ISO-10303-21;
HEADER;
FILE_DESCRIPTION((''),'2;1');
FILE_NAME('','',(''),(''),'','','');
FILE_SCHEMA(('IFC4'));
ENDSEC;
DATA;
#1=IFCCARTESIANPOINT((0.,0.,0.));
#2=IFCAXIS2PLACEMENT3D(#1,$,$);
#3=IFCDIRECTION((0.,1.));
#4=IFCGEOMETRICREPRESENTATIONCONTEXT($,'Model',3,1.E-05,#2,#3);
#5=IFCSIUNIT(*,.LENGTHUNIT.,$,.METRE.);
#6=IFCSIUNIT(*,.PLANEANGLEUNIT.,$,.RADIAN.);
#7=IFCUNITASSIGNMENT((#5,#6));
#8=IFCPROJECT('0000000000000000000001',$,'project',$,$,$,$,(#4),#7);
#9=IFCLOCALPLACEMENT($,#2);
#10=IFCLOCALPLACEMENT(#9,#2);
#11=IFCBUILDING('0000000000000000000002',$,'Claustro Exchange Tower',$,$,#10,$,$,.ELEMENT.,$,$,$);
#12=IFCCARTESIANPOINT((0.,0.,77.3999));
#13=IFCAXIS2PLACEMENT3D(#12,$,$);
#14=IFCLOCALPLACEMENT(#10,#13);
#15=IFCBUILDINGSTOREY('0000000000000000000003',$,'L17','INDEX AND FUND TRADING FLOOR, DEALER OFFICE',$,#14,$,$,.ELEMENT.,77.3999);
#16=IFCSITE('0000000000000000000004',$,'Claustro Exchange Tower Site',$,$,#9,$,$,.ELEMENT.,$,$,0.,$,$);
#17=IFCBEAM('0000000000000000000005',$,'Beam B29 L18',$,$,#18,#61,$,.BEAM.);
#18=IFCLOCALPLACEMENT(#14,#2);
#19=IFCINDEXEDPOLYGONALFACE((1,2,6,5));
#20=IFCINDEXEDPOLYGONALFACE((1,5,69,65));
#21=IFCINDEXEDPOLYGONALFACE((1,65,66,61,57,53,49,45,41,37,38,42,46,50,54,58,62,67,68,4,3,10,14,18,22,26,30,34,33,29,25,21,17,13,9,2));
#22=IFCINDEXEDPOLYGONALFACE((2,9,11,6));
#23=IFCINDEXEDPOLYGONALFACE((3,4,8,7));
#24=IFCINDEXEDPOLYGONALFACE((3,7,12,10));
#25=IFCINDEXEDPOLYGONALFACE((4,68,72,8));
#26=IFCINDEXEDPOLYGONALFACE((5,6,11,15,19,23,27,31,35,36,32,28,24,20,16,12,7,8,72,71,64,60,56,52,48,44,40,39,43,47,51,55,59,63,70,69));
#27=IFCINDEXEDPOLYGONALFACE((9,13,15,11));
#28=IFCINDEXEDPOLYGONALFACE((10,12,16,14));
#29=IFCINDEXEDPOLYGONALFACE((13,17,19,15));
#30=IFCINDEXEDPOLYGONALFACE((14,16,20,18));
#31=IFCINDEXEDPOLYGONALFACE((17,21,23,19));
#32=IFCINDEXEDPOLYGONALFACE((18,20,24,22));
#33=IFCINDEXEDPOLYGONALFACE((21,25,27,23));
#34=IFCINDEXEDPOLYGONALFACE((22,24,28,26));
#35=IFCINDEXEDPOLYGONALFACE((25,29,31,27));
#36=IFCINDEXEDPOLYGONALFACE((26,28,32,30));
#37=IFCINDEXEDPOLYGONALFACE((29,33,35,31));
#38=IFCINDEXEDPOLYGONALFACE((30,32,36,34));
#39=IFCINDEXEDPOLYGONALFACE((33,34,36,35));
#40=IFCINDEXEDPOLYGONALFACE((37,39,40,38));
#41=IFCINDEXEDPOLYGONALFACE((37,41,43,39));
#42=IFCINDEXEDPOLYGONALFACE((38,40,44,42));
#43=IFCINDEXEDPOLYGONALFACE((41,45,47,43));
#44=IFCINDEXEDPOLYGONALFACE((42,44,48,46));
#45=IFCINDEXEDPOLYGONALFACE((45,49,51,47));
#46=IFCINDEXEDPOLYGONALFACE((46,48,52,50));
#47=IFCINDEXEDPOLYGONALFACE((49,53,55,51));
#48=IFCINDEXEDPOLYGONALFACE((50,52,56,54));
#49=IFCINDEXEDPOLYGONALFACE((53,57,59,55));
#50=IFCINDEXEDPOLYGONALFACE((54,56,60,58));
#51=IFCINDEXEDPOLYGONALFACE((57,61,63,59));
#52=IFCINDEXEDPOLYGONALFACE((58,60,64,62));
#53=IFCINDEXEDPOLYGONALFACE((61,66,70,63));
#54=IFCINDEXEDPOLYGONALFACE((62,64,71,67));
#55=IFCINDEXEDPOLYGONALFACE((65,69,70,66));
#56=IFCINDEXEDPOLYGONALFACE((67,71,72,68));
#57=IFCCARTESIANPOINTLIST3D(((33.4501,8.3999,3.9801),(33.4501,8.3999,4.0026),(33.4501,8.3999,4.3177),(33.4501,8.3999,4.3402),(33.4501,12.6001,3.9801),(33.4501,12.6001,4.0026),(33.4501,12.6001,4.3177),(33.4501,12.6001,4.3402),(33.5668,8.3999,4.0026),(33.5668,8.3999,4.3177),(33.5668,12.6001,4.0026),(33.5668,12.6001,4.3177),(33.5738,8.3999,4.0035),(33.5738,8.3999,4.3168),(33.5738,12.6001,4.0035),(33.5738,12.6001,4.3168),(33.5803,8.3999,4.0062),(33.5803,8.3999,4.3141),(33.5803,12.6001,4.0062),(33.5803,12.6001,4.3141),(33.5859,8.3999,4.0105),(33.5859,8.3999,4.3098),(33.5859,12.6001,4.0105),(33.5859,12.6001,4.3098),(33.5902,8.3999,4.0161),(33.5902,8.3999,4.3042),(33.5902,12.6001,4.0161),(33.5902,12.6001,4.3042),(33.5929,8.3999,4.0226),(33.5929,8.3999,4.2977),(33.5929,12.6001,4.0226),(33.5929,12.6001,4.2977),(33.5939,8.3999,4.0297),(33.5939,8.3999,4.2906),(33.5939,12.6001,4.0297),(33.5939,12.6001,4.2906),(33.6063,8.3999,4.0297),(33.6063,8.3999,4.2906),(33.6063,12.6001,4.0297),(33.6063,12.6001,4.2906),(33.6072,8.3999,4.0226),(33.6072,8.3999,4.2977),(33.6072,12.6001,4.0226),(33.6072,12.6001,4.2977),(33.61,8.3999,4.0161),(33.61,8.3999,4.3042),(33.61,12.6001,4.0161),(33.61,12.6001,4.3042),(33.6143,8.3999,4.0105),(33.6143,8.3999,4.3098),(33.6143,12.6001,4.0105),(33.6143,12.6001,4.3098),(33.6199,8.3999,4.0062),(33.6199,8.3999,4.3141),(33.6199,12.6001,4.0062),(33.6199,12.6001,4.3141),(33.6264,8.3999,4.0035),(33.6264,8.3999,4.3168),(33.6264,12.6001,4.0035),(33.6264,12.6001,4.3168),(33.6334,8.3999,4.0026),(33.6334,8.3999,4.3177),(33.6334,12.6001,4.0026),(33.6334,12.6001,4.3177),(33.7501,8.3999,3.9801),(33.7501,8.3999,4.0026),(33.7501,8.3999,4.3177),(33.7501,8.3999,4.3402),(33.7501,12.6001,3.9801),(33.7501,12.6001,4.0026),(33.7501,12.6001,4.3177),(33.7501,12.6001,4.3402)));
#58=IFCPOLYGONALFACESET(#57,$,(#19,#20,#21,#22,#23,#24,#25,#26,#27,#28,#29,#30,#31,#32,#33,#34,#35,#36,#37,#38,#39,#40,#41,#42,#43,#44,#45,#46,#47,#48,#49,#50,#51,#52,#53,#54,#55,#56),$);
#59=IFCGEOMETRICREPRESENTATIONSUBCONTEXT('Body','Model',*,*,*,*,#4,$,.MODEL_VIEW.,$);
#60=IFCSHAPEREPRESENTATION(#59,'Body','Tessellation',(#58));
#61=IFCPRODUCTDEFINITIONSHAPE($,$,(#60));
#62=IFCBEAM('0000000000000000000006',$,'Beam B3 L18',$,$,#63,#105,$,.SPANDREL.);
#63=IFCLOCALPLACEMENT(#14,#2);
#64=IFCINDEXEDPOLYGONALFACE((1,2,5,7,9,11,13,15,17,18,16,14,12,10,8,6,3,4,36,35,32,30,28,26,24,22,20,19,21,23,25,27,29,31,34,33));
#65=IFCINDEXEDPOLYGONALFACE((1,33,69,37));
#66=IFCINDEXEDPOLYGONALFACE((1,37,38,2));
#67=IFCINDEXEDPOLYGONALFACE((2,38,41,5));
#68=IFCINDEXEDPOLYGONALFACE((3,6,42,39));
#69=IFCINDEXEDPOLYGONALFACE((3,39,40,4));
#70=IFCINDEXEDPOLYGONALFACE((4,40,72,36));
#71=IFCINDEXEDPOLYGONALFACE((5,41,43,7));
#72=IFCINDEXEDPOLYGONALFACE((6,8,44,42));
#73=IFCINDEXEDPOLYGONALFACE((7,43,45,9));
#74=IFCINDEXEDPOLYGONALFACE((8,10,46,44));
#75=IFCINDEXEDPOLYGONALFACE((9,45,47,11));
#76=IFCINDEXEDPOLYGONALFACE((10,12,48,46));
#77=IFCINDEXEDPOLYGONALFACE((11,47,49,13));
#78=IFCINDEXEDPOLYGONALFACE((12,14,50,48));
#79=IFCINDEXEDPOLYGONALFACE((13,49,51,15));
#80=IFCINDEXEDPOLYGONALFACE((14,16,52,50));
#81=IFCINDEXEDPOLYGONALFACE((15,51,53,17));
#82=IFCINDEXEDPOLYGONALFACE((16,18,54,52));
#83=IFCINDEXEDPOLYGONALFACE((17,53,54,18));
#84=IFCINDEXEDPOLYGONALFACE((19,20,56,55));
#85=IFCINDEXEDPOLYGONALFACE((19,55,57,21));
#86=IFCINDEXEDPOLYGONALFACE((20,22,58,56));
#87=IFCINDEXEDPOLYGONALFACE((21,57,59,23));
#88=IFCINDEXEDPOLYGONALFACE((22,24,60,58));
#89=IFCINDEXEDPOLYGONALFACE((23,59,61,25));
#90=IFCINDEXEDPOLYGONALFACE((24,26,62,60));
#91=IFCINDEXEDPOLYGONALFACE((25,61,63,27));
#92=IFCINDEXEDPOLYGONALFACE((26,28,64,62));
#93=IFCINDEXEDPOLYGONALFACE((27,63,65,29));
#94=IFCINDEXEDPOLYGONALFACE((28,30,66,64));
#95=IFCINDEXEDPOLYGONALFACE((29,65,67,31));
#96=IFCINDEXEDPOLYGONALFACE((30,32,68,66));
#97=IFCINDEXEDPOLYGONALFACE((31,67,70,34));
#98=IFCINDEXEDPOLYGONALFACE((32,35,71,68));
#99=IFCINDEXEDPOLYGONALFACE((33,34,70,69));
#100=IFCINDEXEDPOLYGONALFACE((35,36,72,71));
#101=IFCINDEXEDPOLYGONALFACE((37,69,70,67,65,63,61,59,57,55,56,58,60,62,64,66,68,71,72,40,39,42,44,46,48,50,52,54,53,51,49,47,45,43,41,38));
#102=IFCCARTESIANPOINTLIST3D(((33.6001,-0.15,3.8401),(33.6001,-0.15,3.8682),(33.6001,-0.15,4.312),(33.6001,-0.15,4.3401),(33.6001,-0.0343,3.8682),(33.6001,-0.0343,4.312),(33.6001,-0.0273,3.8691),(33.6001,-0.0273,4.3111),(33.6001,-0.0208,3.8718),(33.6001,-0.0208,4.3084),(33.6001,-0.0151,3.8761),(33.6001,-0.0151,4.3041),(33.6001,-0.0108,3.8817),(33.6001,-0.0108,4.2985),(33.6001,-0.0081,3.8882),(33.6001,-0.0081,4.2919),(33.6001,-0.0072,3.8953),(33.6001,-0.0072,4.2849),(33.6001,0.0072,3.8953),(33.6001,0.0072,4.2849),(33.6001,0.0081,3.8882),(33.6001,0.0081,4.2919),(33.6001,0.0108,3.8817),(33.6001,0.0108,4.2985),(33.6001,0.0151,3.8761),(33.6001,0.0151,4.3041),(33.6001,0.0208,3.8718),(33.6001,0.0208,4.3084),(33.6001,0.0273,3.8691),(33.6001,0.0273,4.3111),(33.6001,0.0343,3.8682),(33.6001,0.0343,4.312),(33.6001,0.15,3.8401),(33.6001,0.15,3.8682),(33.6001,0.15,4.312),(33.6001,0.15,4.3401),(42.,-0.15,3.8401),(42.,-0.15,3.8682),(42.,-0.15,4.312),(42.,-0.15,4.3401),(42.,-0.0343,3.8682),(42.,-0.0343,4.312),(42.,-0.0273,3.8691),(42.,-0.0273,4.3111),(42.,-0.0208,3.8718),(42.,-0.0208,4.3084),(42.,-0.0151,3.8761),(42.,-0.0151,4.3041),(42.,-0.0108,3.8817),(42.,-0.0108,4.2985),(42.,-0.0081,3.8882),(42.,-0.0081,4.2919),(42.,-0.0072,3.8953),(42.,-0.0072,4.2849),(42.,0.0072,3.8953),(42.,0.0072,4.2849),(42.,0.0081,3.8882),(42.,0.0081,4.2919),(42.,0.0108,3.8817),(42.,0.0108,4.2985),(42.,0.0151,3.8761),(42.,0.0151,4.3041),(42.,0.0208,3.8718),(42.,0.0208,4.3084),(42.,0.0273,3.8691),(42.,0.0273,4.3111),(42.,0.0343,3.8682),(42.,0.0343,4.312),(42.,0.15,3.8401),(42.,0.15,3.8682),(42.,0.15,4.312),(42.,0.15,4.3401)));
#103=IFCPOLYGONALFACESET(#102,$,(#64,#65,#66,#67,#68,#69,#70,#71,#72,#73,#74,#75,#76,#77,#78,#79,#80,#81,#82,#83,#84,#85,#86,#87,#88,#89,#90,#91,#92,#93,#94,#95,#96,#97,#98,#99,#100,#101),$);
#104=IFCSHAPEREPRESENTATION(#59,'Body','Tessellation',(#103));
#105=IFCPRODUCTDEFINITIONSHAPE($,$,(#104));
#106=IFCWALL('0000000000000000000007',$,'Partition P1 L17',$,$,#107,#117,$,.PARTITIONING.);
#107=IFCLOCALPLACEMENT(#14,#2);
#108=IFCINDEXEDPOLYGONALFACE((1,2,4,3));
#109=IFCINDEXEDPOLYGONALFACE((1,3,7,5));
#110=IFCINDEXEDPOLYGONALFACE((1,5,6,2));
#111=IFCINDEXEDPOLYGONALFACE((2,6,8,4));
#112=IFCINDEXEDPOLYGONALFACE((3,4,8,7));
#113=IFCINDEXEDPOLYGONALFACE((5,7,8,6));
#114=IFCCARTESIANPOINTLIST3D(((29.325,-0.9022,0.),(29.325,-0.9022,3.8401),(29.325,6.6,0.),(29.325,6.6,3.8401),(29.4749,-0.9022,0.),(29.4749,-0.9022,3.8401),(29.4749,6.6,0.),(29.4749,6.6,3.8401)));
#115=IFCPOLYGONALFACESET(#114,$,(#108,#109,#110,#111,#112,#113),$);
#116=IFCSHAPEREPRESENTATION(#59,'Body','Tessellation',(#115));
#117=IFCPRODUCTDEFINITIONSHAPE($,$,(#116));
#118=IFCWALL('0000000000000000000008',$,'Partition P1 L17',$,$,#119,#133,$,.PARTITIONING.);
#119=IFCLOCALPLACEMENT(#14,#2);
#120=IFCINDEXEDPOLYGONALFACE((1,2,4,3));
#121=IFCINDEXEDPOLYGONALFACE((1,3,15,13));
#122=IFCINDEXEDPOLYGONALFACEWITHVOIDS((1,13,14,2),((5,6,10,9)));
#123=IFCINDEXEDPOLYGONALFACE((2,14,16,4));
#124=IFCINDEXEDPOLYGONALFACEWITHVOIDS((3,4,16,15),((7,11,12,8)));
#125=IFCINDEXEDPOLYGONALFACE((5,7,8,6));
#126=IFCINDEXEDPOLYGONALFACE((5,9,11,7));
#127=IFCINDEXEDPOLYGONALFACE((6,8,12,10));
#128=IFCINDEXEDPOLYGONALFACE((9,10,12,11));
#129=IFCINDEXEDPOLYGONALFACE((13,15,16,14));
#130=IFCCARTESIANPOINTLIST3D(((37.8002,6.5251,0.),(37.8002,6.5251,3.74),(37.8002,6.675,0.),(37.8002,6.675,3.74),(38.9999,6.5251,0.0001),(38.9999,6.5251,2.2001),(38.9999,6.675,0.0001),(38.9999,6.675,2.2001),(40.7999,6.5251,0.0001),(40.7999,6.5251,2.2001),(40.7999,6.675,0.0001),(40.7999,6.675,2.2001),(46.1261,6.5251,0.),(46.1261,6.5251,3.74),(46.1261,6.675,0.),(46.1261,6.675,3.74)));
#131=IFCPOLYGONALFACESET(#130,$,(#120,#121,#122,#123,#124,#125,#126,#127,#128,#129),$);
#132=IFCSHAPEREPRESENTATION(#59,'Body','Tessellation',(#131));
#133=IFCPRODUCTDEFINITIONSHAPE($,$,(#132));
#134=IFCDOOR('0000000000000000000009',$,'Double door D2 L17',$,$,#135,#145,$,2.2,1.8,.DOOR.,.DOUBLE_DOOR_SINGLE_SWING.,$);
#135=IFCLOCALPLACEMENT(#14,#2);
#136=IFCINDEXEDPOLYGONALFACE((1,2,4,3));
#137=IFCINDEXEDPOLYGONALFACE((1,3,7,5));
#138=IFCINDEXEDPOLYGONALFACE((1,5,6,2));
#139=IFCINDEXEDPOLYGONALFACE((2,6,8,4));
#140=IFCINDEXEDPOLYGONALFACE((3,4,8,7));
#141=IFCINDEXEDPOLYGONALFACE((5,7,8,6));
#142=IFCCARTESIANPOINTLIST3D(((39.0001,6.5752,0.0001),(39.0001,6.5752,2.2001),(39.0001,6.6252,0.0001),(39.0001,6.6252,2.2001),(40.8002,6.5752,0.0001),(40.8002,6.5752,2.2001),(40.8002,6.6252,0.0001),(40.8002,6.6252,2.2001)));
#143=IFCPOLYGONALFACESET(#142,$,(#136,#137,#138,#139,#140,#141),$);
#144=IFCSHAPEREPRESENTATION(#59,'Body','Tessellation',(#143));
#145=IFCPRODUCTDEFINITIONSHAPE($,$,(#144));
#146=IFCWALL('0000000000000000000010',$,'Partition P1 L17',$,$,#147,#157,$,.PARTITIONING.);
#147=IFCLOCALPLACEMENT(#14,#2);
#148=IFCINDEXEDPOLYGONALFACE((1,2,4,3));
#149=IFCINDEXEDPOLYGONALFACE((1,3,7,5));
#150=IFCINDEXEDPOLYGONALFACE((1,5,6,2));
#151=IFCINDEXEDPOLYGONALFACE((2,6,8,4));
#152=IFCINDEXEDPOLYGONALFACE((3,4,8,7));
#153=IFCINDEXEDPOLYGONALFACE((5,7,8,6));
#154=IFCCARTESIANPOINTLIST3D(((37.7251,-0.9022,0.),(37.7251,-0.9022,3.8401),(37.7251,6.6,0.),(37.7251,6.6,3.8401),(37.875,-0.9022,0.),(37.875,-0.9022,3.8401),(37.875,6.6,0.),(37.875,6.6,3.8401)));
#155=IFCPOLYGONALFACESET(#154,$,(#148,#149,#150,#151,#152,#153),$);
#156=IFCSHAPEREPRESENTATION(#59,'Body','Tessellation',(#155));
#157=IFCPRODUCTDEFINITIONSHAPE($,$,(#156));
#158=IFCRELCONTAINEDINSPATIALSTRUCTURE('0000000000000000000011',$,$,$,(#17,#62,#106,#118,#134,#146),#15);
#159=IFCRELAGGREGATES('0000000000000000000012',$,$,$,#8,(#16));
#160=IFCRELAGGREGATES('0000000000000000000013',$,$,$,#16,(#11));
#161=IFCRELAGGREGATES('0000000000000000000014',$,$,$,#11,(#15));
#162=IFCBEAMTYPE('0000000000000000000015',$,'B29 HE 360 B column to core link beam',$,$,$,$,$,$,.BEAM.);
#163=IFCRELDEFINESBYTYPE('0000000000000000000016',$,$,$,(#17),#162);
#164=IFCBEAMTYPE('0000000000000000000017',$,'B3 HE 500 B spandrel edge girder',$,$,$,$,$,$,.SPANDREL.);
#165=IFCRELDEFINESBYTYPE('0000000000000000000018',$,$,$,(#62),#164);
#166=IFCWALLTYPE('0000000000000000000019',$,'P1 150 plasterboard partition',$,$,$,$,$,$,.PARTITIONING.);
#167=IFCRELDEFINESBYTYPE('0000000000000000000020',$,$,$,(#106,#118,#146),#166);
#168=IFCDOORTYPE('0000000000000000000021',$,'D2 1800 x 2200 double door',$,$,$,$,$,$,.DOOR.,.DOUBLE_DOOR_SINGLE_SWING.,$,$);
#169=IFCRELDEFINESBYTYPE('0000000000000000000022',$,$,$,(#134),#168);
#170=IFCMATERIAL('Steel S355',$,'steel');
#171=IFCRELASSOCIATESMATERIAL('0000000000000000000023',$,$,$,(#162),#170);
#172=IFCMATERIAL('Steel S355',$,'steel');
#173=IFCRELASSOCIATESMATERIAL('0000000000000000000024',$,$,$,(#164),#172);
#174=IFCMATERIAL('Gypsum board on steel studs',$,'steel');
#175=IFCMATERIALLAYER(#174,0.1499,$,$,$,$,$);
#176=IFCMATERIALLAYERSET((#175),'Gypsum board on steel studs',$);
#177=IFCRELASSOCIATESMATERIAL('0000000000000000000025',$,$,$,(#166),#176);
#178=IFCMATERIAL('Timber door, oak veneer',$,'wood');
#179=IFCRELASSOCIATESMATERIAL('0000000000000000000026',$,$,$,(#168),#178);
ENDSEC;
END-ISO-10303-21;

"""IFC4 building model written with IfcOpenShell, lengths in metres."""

from ifc_helpers import new_model, si_unit, direction, frame, frame_2d, origin, origin_2d, place, context, subcontext, project, spatial, rectangle, i_section, extrude, material, layer, layer_set, material_profile, profile_set, type_object, element, fill, save


model = new_model("IFC4")

# Units and contexts
model_context = context("Model", 3, precision=1e-05, world=origin(), true_north=direction((0.0, 1.0)))
body_context = subcontext(model_context, "Body", "Model", "MODEL_VIEW")
ifc_project = project(units=[si_unit("LENGTHUNIT", "METRE"), si_unit("PLANEANGLEUNIT", "RADIAN")], contexts=[model_context])

# Site, building, storey
site_placement = place(None, origin())
site = spatial("IfcSite", under=ifc_project, at=site_placement, Name="Claustro Exchange Tower Site", CompositionType="ELEMENT", RefElevation=0.0)
building_placement = place(site_placement, origin())
building = spatial("IfcBuilding", under=site, at=building_placement, Name="Claustro Exchange Tower", CompositionType="ELEMENT")
storey_placement = place(building_placement, frame((0.0, 0.0, 77.3999)))
storey = spatial("IfcBuildingStorey", under=building, at=storey_placement, Name="L17", Description="INDEX AND FUND TRADING FLOOR, DEALER OFFICE", CompositionType="ELEMENT", Elevation=77.3999)

# Beams
ifc_material_1 = material(Name="Steel S355", Category="steel")
ifc_material_profile_1 = material_profile(ifc_material_1, i_section(OverallWidth=0.3, OverallDepth=0.3601, WebThickness=0.0125, FlangeThickness=0.0225, FilletRadius=0.0271, at=origin_2d()), Name="HE 360 B")
ifc_profile_set_1 = profile_set([ifc_material_profile_1], Name="Steel S355")
beam_type_1 = type_object("IfcBeamType", Name="B29 HE 360 B column to core link beam", PredefinedType="BEAM", material=ifc_profile_set_1)
beam_1_placement = place(storey_placement, frame((33.6001, 8.3999, 4.1602), z_axis=(0.0, 1.0, 0.0), x_axis=(-1.0, 0.0, 0.0)))
element("IfcBeam", 1, at=beam_1_placement, inside=storey, type_object=beam_type_1, Name="Beam B29 L18", PredefinedType="BEAM", context=body_context, shape_type="SweptSolid", body=[
    extrude(i_section(OverallWidth=0.3, OverallDepth=0.3601, WebThickness=0.0125, FlangeThickness=0.0225, FilletRadius=0.0271, at=origin_2d()), origin(), (0.0, 0.0, 1.0), 4.2002),
])
ifc_material_2 = material(Name="Steel S355", Category="steel")
ifc_material_profile_2 = material_profile(ifc_material_2, i_section(OverallWidth=0.3, OverallDepth=0.5, WebThickness=0.0144, FlangeThickness=0.0281, FilletRadius=0.0271, at=origin_2d()), Name="HE 500 B")
ifc_profile_set_2 = profile_set([ifc_material_profile_2], Name="Steel S355")
beam_type_2 = type_object("IfcBeamType", Name="B3 HE 500 B spandrel edge girder", PredefinedType="SPANDREL", material=ifc_profile_set_2)
beam_2_placement = place(storey_placement, frame((33.6001, 0.0, 4.0901), z_axis=(1.0, 0.0, 0.0), x_axis=(0.0, 1.0, 0.0)))
element("IfcBeam", 2, at=beam_2_placement, inside=storey, type_object=beam_type_2, Name="Beam B3 L18", PredefinedType="SPANDREL", context=body_context, shape_type="SweptSolid", body=[
    extrude(i_section(OverallWidth=0.3, OverallDepth=0.5, WebThickness=0.0144, FlangeThickness=0.0281, FilletRadius=0.0271, at=origin_2d()), origin(), (0.0, 0.0, 1.0), 8.3999),
])

# Wall
ifc_material_3 = material(Name="Gypsum board on steel studs", Category="steel")
ifc_layer_1 = layer(ifc_material_3, 0.1499)
ifc_layer_set_1 = layer_set([ifc_layer_1], Name="Gypsum board on steel studs")
wall_type_1 = type_object("IfcWallType", Name="P1 150 plasterboard partition", PredefinedType="PARTITIONING", material=ifc_layer_set_1)
wall_1_placement = place(storey_placement, frame((29.3999, -0.9021, 0.0), z_axis=(0.0, 0.0, 1.0), x_axis=(0.0, 1.0, 0.0)))
element("IfcWall", 3, at=wall_1_placement, inside=storey, type_object=wall_type_1, Name="Partition P1 L17", PredefinedType="PARTITIONING", context=body_context, shape_type="SweptSolid", body=[
    extrude(rectangle(XDim=7.5022, YDim=0.1499, at=frame_2d((3.751, 0.0))), origin(), (0.0, 0.0, 1.0), 3.8401),
])

# Wall, opening, door
wall_2_placement = place(storey_placement, frame((37.8, 6.6001, 0.0), z_axis=(0.0, 0.0, 1.0), x_axis=(1.0, 0.0, 0.0)))
wall_2 = element("IfcWall", 4, at=wall_2_placement, inside=storey, type_object=wall_type_1, Name="Partition P1 L17", PredefinedType="PARTITIONING", context=body_context, shape_type="SweptSolid", body=[
    extrude(rectangle(XDim=8.3259, YDim=0.1499, at=frame_2d((4.1631, 0.0))), origin(), (0.0, 0.0, 1.0), 3.74),
])
opening_1_placement = place(wall_2_placement, frame((1.2, 0.0, 0.0)))
opening_1 = element("IfcOpeningElement", 5, at=opening_1_placement, cuts=wall_2, PredefinedType="OPENING", context=body_context, shape_type="SweptSolid", body=[
    extrude(rectangle(XDim=1.8, YDim=2.2, at=frame_2d((0.8999, 1.1001))), frame((0.0, 0.085, 0.0), z_axis=(0.0, -1.0, 0.0), x_axis=(1.0, 0.0, 0.0)), (0.0, 0.0, 1.0), 0.1699),
])
ifc_material_4 = material(Name="Timber door, oak veneer", Category="wood")
door_type_1 = type_object("IfcDoorType", Name="D2 1800 x 2200 double door", OperationType="DOUBLE_DOOR_SINGLE_SWING", PredefinedType="DOOR", material=ifc_material_4)
door_1_placement = place(opening_1_placement, frame((1.8, 0.0, 0.0), z_axis=(0.0, 0.0, 1.0), x_axis=(-1.0, 0.0, 0.0)))
door_1 = element("IfcDoor", 6, at=door_1_placement, inside=storey, type_object=door_type_1, Name="Double door D2 L17", OperationType="DOUBLE_DOOR_SINGLE_SWING", OverallHeight=2.2, OverallWidth=1.8, PredefinedType="DOOR", context=body_context, shape_type="SweptSolid", body=[
    extrude(rectangle(XDim=1.8, YDim=2.2, at=frame_2d((0.8999, 1.1001))), frame((0.0, 0.0249, 0.0), z_axis=(0.0, -1.0, 0.0), x_axis=(1.0, 0.0, 0.0)), (0.0, 0.0, 1.0), 0.05),
])
fill(opening_1, door_1)

# Wall
wall_3_placement = place(storey_placement, frame((37.8, -0.9021, 0.0), z_axis=(0.0, 0.0, 1.0), x_axis=(0.0, 1.0, 0.0)))
element("IfcWall", 7, at=wall_3_placement, inside=storey, type_object=wall_type_1, Name="Partition P1 L17", PredefinedType="PARTITIONING", context=body_context, shape_type="SweptSolid", body=[
    extrude(rectangle(XDim=7.5022, YDim=0.1499, at=frame_2d((3.751, 0.0))), origin(), (0.0, 0.0, 1.0), 3.8401),
])

save(model, "model.ifc")
